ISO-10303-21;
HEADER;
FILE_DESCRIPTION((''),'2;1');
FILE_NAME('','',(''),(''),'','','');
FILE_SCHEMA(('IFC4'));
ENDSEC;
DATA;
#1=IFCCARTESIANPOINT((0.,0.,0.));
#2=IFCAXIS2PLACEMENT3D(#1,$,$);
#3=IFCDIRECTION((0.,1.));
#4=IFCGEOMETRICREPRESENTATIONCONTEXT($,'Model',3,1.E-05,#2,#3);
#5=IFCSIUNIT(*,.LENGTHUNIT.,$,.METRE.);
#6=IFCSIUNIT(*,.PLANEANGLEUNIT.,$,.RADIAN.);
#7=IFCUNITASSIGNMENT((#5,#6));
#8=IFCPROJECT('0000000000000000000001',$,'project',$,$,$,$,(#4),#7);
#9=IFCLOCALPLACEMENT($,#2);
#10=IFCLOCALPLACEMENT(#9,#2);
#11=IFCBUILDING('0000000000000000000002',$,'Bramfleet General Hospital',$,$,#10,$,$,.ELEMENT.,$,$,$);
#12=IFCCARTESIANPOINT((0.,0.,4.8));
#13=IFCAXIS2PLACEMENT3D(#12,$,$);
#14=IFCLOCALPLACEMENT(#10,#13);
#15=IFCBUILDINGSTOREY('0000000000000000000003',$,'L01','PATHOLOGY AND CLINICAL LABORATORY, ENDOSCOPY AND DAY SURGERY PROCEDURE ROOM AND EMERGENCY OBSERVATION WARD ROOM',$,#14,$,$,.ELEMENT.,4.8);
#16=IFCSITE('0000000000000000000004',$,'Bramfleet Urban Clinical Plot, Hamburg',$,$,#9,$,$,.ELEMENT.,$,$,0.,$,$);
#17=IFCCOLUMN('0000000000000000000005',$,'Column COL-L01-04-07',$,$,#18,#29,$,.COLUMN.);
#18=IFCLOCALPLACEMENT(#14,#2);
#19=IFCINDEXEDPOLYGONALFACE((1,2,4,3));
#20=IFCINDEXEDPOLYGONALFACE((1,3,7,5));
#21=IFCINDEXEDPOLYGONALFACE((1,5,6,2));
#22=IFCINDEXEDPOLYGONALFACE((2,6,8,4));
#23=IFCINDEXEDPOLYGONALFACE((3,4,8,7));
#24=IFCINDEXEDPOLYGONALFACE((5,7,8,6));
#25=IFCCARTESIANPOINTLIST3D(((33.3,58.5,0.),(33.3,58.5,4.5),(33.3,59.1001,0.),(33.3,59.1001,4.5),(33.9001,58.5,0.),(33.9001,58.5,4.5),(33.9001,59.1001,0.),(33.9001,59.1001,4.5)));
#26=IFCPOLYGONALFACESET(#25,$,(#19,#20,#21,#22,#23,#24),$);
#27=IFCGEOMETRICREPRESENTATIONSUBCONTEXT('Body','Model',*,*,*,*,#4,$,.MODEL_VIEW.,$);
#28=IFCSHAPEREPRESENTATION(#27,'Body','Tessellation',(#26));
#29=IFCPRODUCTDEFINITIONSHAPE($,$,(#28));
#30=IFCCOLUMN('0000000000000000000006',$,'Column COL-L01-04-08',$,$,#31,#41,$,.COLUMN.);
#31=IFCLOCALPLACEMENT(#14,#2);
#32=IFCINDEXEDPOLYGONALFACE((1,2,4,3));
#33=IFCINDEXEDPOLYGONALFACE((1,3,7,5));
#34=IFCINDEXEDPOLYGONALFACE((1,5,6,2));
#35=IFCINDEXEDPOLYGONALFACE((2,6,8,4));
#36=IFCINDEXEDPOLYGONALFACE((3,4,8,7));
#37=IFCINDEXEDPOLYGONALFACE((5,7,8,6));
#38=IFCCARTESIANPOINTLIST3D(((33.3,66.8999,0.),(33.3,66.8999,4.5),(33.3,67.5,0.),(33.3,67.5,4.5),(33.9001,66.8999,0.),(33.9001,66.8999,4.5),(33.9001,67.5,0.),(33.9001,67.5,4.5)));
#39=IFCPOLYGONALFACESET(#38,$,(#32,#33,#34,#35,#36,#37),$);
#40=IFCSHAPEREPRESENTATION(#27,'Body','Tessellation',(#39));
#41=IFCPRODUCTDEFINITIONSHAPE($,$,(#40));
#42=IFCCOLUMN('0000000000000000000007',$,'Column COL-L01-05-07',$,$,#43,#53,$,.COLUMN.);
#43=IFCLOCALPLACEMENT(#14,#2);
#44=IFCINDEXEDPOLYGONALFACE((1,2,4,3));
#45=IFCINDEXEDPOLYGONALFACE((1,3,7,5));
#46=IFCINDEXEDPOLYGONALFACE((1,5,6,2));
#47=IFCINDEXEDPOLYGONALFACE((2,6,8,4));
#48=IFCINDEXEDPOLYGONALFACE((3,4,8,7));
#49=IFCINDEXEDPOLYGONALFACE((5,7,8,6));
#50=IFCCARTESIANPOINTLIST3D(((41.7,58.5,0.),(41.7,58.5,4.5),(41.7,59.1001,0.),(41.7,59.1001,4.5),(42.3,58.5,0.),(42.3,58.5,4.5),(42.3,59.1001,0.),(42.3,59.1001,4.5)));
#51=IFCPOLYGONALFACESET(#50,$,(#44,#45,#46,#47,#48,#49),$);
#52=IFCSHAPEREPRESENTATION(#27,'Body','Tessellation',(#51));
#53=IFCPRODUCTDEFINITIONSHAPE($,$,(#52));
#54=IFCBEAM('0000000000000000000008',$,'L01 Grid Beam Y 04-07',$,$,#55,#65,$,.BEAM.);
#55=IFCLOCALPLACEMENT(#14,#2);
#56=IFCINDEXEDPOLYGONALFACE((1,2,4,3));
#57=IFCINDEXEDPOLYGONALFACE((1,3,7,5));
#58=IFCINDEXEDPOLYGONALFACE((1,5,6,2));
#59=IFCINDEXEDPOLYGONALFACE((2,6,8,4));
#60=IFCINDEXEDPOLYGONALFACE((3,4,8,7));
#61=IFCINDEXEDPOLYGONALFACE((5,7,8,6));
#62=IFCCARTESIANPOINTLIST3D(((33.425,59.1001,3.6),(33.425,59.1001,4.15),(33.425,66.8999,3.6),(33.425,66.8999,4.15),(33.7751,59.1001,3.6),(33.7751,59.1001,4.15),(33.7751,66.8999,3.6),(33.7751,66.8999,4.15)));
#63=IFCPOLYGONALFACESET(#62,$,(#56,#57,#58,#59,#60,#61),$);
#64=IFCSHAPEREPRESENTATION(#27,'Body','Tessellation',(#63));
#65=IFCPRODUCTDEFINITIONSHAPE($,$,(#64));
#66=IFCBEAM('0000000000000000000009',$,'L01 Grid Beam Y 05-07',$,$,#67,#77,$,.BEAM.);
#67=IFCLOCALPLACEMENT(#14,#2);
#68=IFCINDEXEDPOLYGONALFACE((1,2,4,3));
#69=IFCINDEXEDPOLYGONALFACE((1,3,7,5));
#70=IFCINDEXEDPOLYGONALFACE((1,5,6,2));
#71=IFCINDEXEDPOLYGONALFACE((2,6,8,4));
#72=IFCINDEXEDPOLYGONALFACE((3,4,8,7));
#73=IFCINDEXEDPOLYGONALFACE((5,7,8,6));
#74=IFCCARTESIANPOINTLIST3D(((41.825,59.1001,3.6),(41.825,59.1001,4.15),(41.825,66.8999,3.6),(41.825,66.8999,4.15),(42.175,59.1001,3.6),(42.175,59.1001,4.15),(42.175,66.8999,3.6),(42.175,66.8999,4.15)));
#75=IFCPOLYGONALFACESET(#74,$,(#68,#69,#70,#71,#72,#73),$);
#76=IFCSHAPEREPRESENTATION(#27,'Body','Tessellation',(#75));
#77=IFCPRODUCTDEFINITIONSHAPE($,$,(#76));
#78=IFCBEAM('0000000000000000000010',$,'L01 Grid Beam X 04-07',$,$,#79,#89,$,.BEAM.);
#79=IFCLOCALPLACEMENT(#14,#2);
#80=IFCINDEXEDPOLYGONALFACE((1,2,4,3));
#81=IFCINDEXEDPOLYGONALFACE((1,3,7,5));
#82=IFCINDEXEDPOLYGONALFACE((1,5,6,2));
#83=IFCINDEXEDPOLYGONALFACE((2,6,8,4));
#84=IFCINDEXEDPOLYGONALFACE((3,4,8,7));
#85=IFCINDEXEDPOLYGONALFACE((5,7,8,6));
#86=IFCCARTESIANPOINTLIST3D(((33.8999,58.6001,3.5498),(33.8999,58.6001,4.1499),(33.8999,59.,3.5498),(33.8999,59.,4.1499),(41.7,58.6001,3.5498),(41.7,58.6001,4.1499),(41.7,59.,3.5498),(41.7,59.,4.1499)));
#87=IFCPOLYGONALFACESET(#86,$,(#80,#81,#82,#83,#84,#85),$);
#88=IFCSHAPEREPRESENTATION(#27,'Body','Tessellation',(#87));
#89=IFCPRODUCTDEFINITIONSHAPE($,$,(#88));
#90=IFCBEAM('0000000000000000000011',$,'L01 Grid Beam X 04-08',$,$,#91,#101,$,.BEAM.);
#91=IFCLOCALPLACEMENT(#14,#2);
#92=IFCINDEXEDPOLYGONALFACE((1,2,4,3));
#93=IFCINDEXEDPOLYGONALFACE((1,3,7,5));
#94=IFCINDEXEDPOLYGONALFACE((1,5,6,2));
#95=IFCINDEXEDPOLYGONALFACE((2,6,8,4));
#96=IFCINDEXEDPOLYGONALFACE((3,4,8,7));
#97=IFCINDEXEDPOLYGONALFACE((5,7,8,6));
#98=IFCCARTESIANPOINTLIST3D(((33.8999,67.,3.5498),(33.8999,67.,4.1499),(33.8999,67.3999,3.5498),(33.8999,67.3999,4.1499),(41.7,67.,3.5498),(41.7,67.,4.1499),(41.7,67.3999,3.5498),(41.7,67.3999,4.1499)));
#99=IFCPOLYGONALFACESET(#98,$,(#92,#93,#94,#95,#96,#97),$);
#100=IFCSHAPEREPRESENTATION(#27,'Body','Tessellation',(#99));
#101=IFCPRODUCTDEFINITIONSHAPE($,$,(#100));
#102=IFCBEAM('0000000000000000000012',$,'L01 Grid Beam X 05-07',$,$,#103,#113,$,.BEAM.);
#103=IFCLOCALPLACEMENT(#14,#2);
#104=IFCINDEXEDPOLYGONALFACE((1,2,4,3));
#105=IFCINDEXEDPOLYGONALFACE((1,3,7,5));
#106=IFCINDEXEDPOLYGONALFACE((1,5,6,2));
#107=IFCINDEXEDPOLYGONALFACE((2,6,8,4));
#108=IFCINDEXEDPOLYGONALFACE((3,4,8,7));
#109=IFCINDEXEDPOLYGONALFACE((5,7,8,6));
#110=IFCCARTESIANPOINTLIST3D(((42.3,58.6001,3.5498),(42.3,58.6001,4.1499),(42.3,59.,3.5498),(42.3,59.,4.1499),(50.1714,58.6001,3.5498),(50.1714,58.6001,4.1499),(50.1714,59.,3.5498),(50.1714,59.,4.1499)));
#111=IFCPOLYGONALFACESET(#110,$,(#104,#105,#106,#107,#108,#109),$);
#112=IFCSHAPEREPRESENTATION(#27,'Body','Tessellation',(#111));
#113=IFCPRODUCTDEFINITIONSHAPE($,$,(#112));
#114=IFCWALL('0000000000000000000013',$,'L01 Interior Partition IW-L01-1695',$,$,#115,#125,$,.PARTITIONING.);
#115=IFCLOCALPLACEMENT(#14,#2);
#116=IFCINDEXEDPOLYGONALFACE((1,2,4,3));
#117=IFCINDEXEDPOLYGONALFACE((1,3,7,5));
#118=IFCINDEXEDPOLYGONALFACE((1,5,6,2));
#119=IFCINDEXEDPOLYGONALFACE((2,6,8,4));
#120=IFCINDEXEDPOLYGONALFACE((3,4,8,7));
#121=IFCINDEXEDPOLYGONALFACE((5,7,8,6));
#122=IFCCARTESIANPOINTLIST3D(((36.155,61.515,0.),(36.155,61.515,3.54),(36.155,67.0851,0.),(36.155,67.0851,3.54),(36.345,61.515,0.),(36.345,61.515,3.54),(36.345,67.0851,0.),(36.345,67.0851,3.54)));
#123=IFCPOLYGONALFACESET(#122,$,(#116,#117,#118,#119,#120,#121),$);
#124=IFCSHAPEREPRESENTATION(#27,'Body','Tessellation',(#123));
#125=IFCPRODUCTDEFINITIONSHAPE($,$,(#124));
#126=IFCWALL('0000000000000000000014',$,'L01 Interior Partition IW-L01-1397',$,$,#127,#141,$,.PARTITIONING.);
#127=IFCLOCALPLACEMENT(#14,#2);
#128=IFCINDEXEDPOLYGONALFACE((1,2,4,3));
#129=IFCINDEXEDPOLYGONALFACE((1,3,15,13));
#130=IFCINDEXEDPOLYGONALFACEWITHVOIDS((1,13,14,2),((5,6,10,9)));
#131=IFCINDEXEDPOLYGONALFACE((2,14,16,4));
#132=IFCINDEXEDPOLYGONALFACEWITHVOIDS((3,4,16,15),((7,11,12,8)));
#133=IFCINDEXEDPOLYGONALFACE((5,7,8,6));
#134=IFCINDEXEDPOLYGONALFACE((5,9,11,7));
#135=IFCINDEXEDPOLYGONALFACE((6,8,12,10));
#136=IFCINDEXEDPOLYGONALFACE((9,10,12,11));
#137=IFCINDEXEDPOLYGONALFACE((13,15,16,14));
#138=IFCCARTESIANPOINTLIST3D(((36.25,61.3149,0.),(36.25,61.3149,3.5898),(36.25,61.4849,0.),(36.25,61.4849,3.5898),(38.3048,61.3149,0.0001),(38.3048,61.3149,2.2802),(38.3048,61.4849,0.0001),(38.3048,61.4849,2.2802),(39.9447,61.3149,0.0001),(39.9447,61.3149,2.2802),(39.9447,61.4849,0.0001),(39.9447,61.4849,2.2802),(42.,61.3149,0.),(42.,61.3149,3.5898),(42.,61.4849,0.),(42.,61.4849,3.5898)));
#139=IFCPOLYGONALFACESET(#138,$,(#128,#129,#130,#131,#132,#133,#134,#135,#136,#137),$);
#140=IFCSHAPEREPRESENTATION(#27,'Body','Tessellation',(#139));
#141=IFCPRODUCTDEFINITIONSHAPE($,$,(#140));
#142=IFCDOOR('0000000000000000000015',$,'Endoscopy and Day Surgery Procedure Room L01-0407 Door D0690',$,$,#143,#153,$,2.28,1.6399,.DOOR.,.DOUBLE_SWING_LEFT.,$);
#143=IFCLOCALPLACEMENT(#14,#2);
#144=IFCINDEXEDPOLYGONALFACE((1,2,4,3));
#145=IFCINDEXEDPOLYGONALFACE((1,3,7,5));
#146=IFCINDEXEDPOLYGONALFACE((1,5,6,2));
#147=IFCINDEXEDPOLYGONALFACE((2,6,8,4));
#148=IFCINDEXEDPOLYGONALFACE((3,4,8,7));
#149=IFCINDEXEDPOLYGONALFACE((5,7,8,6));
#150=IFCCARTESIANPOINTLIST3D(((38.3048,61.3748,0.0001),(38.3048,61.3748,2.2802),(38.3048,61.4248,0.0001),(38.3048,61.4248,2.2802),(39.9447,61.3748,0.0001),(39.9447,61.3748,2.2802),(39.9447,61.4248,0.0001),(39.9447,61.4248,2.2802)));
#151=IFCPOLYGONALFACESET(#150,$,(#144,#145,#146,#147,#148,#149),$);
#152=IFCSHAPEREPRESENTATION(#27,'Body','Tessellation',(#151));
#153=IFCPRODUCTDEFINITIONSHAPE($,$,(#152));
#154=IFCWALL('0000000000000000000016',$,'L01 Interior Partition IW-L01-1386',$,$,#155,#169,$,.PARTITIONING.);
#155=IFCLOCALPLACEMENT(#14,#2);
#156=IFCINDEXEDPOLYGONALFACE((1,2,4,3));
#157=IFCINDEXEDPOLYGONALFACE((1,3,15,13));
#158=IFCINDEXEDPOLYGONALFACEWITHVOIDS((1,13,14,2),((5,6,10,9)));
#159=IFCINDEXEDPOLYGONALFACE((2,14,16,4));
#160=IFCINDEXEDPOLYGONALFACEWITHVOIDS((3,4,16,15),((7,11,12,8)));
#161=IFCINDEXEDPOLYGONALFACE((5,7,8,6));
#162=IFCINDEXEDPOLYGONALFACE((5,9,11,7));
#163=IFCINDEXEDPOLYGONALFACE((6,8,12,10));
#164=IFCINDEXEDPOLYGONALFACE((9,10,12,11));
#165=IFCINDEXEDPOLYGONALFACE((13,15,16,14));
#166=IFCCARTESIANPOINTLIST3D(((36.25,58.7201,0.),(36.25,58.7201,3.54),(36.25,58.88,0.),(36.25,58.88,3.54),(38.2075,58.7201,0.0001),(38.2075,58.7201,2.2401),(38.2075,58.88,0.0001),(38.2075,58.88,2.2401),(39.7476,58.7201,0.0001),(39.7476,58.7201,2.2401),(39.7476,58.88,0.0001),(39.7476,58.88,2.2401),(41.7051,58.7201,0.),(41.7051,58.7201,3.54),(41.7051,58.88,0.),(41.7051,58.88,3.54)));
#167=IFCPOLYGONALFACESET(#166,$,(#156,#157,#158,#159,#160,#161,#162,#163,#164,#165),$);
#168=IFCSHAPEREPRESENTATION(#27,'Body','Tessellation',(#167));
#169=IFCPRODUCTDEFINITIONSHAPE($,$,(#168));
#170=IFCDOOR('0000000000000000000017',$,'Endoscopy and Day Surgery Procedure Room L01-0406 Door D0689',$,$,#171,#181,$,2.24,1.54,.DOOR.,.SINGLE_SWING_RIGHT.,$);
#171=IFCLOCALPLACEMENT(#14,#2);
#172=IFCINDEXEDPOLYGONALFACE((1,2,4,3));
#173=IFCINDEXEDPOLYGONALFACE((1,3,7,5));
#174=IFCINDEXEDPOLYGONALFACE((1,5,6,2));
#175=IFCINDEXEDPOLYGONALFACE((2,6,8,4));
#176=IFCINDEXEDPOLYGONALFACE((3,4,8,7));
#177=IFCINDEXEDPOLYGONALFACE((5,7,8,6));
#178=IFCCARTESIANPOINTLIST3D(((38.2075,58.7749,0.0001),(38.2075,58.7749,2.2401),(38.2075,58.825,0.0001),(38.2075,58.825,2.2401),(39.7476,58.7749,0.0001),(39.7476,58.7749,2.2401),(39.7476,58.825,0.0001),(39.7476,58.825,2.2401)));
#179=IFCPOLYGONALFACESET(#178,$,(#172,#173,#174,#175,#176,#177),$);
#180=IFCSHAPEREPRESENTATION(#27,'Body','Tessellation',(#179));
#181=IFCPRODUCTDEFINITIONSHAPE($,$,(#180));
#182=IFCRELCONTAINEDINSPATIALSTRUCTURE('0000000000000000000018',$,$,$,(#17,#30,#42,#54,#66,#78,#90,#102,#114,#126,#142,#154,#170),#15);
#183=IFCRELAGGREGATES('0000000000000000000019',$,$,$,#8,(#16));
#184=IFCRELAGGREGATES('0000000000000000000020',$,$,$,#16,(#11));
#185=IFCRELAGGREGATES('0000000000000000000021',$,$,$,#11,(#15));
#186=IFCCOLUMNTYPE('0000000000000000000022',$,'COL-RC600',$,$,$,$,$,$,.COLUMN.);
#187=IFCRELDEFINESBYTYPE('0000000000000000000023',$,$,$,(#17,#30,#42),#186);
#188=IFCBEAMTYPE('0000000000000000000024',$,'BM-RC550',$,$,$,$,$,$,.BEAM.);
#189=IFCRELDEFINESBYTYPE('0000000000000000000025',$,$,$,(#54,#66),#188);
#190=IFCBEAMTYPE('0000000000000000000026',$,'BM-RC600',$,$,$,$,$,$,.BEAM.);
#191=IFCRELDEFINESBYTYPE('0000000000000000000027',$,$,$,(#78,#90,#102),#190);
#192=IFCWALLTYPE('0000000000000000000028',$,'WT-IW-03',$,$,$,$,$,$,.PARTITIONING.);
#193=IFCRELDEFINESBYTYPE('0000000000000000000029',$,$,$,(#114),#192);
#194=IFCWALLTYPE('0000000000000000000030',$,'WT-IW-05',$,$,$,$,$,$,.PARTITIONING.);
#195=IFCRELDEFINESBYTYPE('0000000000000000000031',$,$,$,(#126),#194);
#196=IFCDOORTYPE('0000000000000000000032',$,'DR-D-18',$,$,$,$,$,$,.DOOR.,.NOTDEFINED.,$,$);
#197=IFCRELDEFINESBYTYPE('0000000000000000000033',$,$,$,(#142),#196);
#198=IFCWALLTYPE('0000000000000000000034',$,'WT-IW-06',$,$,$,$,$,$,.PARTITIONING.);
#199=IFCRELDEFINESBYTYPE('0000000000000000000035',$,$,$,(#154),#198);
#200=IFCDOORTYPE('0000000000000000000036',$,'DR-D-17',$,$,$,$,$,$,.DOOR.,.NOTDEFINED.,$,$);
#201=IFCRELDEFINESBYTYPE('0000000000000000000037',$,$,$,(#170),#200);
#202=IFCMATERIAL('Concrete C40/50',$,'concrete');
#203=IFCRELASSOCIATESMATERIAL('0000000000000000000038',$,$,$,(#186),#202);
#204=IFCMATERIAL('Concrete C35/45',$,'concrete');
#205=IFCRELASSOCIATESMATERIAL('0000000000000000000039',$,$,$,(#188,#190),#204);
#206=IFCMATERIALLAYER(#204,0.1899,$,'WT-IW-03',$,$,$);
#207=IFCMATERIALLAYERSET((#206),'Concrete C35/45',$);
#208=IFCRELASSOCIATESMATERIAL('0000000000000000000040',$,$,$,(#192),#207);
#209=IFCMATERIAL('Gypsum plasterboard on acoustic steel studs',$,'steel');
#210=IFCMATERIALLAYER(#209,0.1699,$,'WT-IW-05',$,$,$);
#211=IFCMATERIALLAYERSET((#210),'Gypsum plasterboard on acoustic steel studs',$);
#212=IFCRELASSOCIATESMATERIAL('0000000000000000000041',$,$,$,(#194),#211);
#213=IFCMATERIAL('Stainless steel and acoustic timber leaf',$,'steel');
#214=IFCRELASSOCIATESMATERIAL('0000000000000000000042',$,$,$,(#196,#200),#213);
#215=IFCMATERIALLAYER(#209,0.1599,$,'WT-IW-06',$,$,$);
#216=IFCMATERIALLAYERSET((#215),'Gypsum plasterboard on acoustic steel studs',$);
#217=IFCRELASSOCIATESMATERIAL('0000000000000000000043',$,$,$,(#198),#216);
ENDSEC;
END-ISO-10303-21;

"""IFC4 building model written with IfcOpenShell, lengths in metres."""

from ifc_helpers import new_model, si_unit, direction, frame, frame_2d, origin, origin_2d, place, context, subcontext, project, spatial, rectangle, extrude, material, layer, layer_set, material_profile, profile_set, type_object, element, fill, save


model = new_model("IFC4")

# Units and contexts
model_context = context("Model", 3, precision=1e-05, world=origin(), true_north=direction((0.0, 1.0)))
body_context = subcontext(model_context, "Body", "Model", "MODEL_VIEW")
ifc_project = project(units=[si_unit("LENGTHUNIT", "METRE"), si_unit("PLANEANGLEUNIT", "RADIAN")], contexts=[model_context])

# Site, building, storey
site_placement = place(None, origin())
site = spatial("IfcSite", under=ifc_project, at=site_placement, Name="Bramfleet Urban Clinical Plot, Hamburg", CompositionType="ELEMENT", RefElevation=0.0)
building_placement = place(site_placement, origin())
building = spatial("IfcBuilding", under=site, at=building_placement, Name="Bramfleet General Hospital", CompositionType="ELEMENT")
storey_placement = place(building_placement, frame((0.0, 0.0, 4.8)))
storey = spatial("IfcBuildingStorey", under=building, at=storey_placement, Name="L01", Description="PATHOLOGY AND CLINICAL LABORATORY, ENDOSCOPY AND DAY SURGERY PROCEDURE ROOM AND EMERGENCY OBSERVATION WARD ROOM", CompositionType="ELEMENT", Elevation=4.8)

# Columns
ifc_material_1 = material(Name="Concrete C40/50", Category="concrete")
ifc_material_profile_1 = material_profile(ifc_material_1, rectangle(XDim=0.6001, YDim=0.6001, at=origin_2d()), Name="RC COL 600x600")
ifc_profile_set_1 = profile_set([ifc_material_profile_1], Name="Concrete C40/50")
column_type = type_object("IfcColumnType", Name="COL-RC600", PredefinedType="COLUMN", material=ifc_profile_set_1)
for number, where, z_axis, x_axis, name in (
    (1, (33.6001, 58.8, 0.0), (0.0, 0.0, 1.0), (1.0, 0.0, 0.0), "Column COL-L01-04-07"),
    (2, (33.6001, 67.2, 0.0), (0.0, 0.0, 1.0), (1.0, 0.0, 0.0), "Column COL-L01-04-08"),
    (3, (42.0, 58.8, 0.0), (0.0, 0.0, 1.0), (1.0, 0.0, 0.0), "Column COL-L01-05-07"),
):
    element("IfcColumn", number, at=place(storey_placement, frame(where, z_axis=z_axis, x_axis=x_axis)), inside=storey, type_object=column_type, Name=name, PredefinedType="COLUMN", context=body_context, shape_type="SweptSolid", body=[
        extrude(rectangle(XDim=0.6001, YDim=0.6001, at=origin_2d()), origin(), (0.0, 0.0, 1.0), 4.5),
    ])

# Beams
ifc_material_2 = material(Name="Concrete C35/45", Category="concrete")
ifc_material_profile_2 = material_profile(ifc_material_2, rectangle(XDim=0.3501, YDim=0.55, at=origin_2d()), Name="RC BM 550x350")
ifc_profile_set_2 = profile_set([ifc_material_profile_2], Name="Concrete C35/45")
beam_type_1 = type_object("IfcBeamType", Name="BM-RC550", PredefinedType="BEAM", material=ifc_profile_set_2)
for number, where, z_axis, x_axis, name in (
    (4, (33.6001, 59.1001, 3.875), (0.0, 1.0, 0.0), (-1.0, 0.0, 0.0), "L01 Grid Beam Y 04-07"),
    (5, (42.0, 59.1001, 3.875), (0.0, 1.0, 0.0), (-1.0, 0.0, 0.0), "L01 Grid Beam Y 05-07"),
):
    element("IfcBeam", number, at=place(storey_placement, frame(where, z_axis=z_axis, x_axis=x_axis)), inside=storey, type_object=beam_type_1, Name=name, PredefinedType="BEAM", context=body_context, shape_type="SweptSolid", body=[
        extrude(rectangle(XDim=0.3501, YDim=0.55, at=origin_2d()), origin(), (0.0, 0.0, 1.0), 7.7998),
    ])
ifc_material_profile_3 = material_profile(ifc_material_2, rectangle(XDim=0.3999, YDim=0.6001, at=origin_2d()), Name="RC BM 600x400")
ifc_profile_set_3 = profile_set([ifc_material_profile_3], Name="Concrete C35/45")
beam_type_2 = type_object("IfcBeamType", Name="BM-RC600", PredefinedType="BEAM", material=ifc_profile_set_3)
for number, where, z_axis, x_axis, name in (
    (6, (33.8999, 58.8, 3.8499), (1.0, 0.0, 0.0), (0.0, 1.0, 0.0), "L01 Grid Beam X 04-07"),
    (7, (33.8999, 67.2, 3.8499), (1.0, 0.0, 0.0), (0.0, 1.0, 0.0), "L01 Grid Beam X 04-08"),
):
    element("IfcBeam", number, at=place(storey_placement, frame(where, z_axis=z_axis, x_axis=x_axis)), inside=storey, type_object=beam_type_2, Name=name, PredefinedType="BEAM", context=body_context, shape_type="SweptSolid", body=[
        extrude(rectangle(XDim=0.3999, YDim=0.6001, at=origin_2d()), origin(), (0.0, 0.0, 1.0), 7.8),
    ])
beam_placement = place(storey_placement, frame((42.3, 58.8, 3.8499), z_axis=(1.0, 0.0, 0.0), x_axis=(0.0, 1.0, 0.0)))
element("IfcBeam", 8, at=beam_placement, inside=storey, type_object=beam_type_2, Name="L01 Grid Beam X 05-07", PredefinedType="BEAM", context=body_context, shape_type="SweptSolid", body=[
    extrude(rectangle(XDim=0.3999, YDim=0.6001, at=origin_2d()), origin(), (0.0, 0.0, 1.0), 7.8713),
])

# Wall
ifc_layer_1 = layer(ifc_material_2, 0.1899, Name="WT-IW-03")
ifc_layer_set_1 = layer_set([ifc_layer_1], Name="Concrete C35/45")
wall_type_1 = type_object("IfcWallType", Name="WT-IW-03", PredefinedType="PARTITIONING", material=ifc_layer_set_1)
wall_1_placement = place(storey_placement, frame((36.25, 61.5149, 0.0), z_axis=(0.0, 0.0, 1.0), x_axis=(0.0, 1.0, 0.0)))
element("IfcWall", 9, at=wall_1_placement, inside=storey, type_object=wall_type_1, Name="L01 Interior Partition IW-L01-1695", PredefinedType="PARTITIONING", context=body_context, shape_type="SweptSolid", body=[
    extrude(rectangle(XDim=5.5701, YDim=0.1899, at=frame_2d((2.7852, 0.0))), origin(), (0.0, 0.0, 1.0), 3.54),
])

# Walls, openings, doors
ifc_material_3 = material(Name="Gypsum plasterboard on acoustic steel studs", Category="steel")
ifc_layer_2 = layer(ifc_material_3, 0.1699, Name="WT-IW-05")
ifc_layer_set_2 = layer_set([ifc_layer_2], Name="Gypsum plasterboard on acoustic steel studs")
wall_type_2 = type_object("IfcWallType", Name="WT-IW-05", PredefinedType="PARTITIONING", material=ifc_layer_set_2)
wall_2_placement = place(storey_placement, frame((36.25, 61.3999, 0.0), z_axis=(0.0, 0.0, 1.0), x_axis=(1.0, 0.0, 0.0)))
wall_2 = element("IfcWall", 10, at=wall_2_placement, inside=storey, type_object=wall_type_2, Name="L01 Interior Partition IW-L01-1397", PredefinedType="PARTITIONING", context=body_context, shape_type="SweptSolid", body=[
    extrude(rectangle(XDim=5.75, YDim=0.1699, at=frame_2d((2.875, 0.0))), origin(), (0.0, 0.0, 1.0), 3.5898),
])
opening_1_placement = place(wall_2_placement, frame((2.0549, 0.0, 0.0)))
opening_1 = element("IfcOpeningElement", 11, at=opening_1_placement, cuts=wall_2, PredefinedType="OPENING", context=body_context, shape_type="SweptSolid", body=[
    extrude(rectangle(XDim=1.6399, YDim=2.28, at=frame_2d((0.8198, 1.1401))), frame((0.0, 0.095, 0.0), z_axis=(0.0, -1.0, 0.0), x_axis=(1.0, 0.0, 0.0)), (0.0, 0.0, 1.0), 0.1899),
])
ifc_material_4 = material(Name="Stainless steel and acoustic timber leaf", Category="steel")
door_type_1 = type_object("IfcDoorType", Name="DR-D-18", OperationType="NOTDEFINED", PredefinedType="DOOR", material=ifc_material_4)
door_1_placement = place(opening_1_placement, origin())
door_1 = element("IfcDoor", 12, at=door_1_placement, inside=storey, type_object=door_type_1, Name="Endoscopy and Day Surgery Procedure Room L01-0407 Door D0690", OperationType="DOUBLE_SWING_LEFT", OverallHeight=2.28, OverallWidth=1.6399, PredefinedType="DOOR", context=body_context, shape_type="SweptSolid", body=[
    extrude(rectangle(XDim=1.6399, YDim=2.28, at=frame_2d((0.8198, 1.1401))), frame((0.0, 0.0249, 0.0), z_axis=(0.0, -1.0, 0.0), x_axis=(1.0, 0.0, 0.0)), (0.0, 0.0, 1.0), 0.05),
])
fill(opening_1, door_1)
ifc_layer_3 = layer(ifc_material_3, 0.1599, Name="WT-IW-06")
ifc_layer_set_3 = layer_set([ifc_layer_3], Name="Gypsum plasterboard on acoustic steel studs")
wall_type_3 = type_object("IfcWallType", Name="WT-IW-06", PredefinedType="PARTITIONING", material=ifc_layer_set_3)
wall_3_placement = place(storey_placement, frame((36.25, 58.8, 0.0), z_axis=(0.0, 0.0, 1.0), x_axis=(1.0, 0.0, 0.0)))
wall_3 = element("IfcWall", 13, at=wall_3_placement, inside=storey, type_object=wall_type_3, Name="L01 Interior Partition IW-L01-1386", PredefinedType="PARTITIONING", context=body_context, shape_type="SweptSolid", body=[
    extrude(rectangle(XDim=5.4551, YDim=0.1599, at=frame_2d((2.7275, 0.0))), origin(), (0.0, 0.0, 1.0), 3.54),
])
opening_2_placement = place(wall_3_placement, frame((1.9575, 0.0, 0.0)))
opening_2 = element("IfcOpeningElement", 14, at=opening_2_placement, cuts=wall_3, PredefinedType="OPENING", context=body_context, shape_type="SweptSolid", body=[
    extrude(rectangle(XDim=1.54, YDim=2.24, at=frame_2d((0.77, 1.1201))), frame((0.0, 0.0898, 0.0), z_axis=(0.0, -1.0, 0.0), x_axis=(1.0, 0.0, 0.0)), (0.0, 0.0, 1.0), 0.1799),
])
door_type_2 = type_object("IfcDoorType", Name="DR-D-17", OperationType="NOTDEFINED", PredefinedType="DOOR", material=ifc_material_4)
door_2_placement = place(opening_2_placement, origin())
door_2 = element("IfcDoor", 15, at=door_2_placement, inside=storey, type_object=door_type_2, Name="Endoscopy and Day Surgery Procedure Room L01-0406 Door D0689", OperationType="SINGLE_SWING_RIGHT", OverallHeight=2.24, OverallWidth=1.54, PredefinedType="DOOR", context=body_context, shape_type="SweptSolid", body=[
    extrude(rectangle(XDim=1.54, YDim=2.24, at=frame_2d((0.77, 1.1201))), frame((0.0, 0.0249, 0.0), z_axis=(0.0, -1.0, 0.0), x_axis=(1.0, 0.0, 0.0)), (0.0, 0.0, 1.0), 0.05),
])
fill(opening_2, door_2)

save(model, "model.ifc")
